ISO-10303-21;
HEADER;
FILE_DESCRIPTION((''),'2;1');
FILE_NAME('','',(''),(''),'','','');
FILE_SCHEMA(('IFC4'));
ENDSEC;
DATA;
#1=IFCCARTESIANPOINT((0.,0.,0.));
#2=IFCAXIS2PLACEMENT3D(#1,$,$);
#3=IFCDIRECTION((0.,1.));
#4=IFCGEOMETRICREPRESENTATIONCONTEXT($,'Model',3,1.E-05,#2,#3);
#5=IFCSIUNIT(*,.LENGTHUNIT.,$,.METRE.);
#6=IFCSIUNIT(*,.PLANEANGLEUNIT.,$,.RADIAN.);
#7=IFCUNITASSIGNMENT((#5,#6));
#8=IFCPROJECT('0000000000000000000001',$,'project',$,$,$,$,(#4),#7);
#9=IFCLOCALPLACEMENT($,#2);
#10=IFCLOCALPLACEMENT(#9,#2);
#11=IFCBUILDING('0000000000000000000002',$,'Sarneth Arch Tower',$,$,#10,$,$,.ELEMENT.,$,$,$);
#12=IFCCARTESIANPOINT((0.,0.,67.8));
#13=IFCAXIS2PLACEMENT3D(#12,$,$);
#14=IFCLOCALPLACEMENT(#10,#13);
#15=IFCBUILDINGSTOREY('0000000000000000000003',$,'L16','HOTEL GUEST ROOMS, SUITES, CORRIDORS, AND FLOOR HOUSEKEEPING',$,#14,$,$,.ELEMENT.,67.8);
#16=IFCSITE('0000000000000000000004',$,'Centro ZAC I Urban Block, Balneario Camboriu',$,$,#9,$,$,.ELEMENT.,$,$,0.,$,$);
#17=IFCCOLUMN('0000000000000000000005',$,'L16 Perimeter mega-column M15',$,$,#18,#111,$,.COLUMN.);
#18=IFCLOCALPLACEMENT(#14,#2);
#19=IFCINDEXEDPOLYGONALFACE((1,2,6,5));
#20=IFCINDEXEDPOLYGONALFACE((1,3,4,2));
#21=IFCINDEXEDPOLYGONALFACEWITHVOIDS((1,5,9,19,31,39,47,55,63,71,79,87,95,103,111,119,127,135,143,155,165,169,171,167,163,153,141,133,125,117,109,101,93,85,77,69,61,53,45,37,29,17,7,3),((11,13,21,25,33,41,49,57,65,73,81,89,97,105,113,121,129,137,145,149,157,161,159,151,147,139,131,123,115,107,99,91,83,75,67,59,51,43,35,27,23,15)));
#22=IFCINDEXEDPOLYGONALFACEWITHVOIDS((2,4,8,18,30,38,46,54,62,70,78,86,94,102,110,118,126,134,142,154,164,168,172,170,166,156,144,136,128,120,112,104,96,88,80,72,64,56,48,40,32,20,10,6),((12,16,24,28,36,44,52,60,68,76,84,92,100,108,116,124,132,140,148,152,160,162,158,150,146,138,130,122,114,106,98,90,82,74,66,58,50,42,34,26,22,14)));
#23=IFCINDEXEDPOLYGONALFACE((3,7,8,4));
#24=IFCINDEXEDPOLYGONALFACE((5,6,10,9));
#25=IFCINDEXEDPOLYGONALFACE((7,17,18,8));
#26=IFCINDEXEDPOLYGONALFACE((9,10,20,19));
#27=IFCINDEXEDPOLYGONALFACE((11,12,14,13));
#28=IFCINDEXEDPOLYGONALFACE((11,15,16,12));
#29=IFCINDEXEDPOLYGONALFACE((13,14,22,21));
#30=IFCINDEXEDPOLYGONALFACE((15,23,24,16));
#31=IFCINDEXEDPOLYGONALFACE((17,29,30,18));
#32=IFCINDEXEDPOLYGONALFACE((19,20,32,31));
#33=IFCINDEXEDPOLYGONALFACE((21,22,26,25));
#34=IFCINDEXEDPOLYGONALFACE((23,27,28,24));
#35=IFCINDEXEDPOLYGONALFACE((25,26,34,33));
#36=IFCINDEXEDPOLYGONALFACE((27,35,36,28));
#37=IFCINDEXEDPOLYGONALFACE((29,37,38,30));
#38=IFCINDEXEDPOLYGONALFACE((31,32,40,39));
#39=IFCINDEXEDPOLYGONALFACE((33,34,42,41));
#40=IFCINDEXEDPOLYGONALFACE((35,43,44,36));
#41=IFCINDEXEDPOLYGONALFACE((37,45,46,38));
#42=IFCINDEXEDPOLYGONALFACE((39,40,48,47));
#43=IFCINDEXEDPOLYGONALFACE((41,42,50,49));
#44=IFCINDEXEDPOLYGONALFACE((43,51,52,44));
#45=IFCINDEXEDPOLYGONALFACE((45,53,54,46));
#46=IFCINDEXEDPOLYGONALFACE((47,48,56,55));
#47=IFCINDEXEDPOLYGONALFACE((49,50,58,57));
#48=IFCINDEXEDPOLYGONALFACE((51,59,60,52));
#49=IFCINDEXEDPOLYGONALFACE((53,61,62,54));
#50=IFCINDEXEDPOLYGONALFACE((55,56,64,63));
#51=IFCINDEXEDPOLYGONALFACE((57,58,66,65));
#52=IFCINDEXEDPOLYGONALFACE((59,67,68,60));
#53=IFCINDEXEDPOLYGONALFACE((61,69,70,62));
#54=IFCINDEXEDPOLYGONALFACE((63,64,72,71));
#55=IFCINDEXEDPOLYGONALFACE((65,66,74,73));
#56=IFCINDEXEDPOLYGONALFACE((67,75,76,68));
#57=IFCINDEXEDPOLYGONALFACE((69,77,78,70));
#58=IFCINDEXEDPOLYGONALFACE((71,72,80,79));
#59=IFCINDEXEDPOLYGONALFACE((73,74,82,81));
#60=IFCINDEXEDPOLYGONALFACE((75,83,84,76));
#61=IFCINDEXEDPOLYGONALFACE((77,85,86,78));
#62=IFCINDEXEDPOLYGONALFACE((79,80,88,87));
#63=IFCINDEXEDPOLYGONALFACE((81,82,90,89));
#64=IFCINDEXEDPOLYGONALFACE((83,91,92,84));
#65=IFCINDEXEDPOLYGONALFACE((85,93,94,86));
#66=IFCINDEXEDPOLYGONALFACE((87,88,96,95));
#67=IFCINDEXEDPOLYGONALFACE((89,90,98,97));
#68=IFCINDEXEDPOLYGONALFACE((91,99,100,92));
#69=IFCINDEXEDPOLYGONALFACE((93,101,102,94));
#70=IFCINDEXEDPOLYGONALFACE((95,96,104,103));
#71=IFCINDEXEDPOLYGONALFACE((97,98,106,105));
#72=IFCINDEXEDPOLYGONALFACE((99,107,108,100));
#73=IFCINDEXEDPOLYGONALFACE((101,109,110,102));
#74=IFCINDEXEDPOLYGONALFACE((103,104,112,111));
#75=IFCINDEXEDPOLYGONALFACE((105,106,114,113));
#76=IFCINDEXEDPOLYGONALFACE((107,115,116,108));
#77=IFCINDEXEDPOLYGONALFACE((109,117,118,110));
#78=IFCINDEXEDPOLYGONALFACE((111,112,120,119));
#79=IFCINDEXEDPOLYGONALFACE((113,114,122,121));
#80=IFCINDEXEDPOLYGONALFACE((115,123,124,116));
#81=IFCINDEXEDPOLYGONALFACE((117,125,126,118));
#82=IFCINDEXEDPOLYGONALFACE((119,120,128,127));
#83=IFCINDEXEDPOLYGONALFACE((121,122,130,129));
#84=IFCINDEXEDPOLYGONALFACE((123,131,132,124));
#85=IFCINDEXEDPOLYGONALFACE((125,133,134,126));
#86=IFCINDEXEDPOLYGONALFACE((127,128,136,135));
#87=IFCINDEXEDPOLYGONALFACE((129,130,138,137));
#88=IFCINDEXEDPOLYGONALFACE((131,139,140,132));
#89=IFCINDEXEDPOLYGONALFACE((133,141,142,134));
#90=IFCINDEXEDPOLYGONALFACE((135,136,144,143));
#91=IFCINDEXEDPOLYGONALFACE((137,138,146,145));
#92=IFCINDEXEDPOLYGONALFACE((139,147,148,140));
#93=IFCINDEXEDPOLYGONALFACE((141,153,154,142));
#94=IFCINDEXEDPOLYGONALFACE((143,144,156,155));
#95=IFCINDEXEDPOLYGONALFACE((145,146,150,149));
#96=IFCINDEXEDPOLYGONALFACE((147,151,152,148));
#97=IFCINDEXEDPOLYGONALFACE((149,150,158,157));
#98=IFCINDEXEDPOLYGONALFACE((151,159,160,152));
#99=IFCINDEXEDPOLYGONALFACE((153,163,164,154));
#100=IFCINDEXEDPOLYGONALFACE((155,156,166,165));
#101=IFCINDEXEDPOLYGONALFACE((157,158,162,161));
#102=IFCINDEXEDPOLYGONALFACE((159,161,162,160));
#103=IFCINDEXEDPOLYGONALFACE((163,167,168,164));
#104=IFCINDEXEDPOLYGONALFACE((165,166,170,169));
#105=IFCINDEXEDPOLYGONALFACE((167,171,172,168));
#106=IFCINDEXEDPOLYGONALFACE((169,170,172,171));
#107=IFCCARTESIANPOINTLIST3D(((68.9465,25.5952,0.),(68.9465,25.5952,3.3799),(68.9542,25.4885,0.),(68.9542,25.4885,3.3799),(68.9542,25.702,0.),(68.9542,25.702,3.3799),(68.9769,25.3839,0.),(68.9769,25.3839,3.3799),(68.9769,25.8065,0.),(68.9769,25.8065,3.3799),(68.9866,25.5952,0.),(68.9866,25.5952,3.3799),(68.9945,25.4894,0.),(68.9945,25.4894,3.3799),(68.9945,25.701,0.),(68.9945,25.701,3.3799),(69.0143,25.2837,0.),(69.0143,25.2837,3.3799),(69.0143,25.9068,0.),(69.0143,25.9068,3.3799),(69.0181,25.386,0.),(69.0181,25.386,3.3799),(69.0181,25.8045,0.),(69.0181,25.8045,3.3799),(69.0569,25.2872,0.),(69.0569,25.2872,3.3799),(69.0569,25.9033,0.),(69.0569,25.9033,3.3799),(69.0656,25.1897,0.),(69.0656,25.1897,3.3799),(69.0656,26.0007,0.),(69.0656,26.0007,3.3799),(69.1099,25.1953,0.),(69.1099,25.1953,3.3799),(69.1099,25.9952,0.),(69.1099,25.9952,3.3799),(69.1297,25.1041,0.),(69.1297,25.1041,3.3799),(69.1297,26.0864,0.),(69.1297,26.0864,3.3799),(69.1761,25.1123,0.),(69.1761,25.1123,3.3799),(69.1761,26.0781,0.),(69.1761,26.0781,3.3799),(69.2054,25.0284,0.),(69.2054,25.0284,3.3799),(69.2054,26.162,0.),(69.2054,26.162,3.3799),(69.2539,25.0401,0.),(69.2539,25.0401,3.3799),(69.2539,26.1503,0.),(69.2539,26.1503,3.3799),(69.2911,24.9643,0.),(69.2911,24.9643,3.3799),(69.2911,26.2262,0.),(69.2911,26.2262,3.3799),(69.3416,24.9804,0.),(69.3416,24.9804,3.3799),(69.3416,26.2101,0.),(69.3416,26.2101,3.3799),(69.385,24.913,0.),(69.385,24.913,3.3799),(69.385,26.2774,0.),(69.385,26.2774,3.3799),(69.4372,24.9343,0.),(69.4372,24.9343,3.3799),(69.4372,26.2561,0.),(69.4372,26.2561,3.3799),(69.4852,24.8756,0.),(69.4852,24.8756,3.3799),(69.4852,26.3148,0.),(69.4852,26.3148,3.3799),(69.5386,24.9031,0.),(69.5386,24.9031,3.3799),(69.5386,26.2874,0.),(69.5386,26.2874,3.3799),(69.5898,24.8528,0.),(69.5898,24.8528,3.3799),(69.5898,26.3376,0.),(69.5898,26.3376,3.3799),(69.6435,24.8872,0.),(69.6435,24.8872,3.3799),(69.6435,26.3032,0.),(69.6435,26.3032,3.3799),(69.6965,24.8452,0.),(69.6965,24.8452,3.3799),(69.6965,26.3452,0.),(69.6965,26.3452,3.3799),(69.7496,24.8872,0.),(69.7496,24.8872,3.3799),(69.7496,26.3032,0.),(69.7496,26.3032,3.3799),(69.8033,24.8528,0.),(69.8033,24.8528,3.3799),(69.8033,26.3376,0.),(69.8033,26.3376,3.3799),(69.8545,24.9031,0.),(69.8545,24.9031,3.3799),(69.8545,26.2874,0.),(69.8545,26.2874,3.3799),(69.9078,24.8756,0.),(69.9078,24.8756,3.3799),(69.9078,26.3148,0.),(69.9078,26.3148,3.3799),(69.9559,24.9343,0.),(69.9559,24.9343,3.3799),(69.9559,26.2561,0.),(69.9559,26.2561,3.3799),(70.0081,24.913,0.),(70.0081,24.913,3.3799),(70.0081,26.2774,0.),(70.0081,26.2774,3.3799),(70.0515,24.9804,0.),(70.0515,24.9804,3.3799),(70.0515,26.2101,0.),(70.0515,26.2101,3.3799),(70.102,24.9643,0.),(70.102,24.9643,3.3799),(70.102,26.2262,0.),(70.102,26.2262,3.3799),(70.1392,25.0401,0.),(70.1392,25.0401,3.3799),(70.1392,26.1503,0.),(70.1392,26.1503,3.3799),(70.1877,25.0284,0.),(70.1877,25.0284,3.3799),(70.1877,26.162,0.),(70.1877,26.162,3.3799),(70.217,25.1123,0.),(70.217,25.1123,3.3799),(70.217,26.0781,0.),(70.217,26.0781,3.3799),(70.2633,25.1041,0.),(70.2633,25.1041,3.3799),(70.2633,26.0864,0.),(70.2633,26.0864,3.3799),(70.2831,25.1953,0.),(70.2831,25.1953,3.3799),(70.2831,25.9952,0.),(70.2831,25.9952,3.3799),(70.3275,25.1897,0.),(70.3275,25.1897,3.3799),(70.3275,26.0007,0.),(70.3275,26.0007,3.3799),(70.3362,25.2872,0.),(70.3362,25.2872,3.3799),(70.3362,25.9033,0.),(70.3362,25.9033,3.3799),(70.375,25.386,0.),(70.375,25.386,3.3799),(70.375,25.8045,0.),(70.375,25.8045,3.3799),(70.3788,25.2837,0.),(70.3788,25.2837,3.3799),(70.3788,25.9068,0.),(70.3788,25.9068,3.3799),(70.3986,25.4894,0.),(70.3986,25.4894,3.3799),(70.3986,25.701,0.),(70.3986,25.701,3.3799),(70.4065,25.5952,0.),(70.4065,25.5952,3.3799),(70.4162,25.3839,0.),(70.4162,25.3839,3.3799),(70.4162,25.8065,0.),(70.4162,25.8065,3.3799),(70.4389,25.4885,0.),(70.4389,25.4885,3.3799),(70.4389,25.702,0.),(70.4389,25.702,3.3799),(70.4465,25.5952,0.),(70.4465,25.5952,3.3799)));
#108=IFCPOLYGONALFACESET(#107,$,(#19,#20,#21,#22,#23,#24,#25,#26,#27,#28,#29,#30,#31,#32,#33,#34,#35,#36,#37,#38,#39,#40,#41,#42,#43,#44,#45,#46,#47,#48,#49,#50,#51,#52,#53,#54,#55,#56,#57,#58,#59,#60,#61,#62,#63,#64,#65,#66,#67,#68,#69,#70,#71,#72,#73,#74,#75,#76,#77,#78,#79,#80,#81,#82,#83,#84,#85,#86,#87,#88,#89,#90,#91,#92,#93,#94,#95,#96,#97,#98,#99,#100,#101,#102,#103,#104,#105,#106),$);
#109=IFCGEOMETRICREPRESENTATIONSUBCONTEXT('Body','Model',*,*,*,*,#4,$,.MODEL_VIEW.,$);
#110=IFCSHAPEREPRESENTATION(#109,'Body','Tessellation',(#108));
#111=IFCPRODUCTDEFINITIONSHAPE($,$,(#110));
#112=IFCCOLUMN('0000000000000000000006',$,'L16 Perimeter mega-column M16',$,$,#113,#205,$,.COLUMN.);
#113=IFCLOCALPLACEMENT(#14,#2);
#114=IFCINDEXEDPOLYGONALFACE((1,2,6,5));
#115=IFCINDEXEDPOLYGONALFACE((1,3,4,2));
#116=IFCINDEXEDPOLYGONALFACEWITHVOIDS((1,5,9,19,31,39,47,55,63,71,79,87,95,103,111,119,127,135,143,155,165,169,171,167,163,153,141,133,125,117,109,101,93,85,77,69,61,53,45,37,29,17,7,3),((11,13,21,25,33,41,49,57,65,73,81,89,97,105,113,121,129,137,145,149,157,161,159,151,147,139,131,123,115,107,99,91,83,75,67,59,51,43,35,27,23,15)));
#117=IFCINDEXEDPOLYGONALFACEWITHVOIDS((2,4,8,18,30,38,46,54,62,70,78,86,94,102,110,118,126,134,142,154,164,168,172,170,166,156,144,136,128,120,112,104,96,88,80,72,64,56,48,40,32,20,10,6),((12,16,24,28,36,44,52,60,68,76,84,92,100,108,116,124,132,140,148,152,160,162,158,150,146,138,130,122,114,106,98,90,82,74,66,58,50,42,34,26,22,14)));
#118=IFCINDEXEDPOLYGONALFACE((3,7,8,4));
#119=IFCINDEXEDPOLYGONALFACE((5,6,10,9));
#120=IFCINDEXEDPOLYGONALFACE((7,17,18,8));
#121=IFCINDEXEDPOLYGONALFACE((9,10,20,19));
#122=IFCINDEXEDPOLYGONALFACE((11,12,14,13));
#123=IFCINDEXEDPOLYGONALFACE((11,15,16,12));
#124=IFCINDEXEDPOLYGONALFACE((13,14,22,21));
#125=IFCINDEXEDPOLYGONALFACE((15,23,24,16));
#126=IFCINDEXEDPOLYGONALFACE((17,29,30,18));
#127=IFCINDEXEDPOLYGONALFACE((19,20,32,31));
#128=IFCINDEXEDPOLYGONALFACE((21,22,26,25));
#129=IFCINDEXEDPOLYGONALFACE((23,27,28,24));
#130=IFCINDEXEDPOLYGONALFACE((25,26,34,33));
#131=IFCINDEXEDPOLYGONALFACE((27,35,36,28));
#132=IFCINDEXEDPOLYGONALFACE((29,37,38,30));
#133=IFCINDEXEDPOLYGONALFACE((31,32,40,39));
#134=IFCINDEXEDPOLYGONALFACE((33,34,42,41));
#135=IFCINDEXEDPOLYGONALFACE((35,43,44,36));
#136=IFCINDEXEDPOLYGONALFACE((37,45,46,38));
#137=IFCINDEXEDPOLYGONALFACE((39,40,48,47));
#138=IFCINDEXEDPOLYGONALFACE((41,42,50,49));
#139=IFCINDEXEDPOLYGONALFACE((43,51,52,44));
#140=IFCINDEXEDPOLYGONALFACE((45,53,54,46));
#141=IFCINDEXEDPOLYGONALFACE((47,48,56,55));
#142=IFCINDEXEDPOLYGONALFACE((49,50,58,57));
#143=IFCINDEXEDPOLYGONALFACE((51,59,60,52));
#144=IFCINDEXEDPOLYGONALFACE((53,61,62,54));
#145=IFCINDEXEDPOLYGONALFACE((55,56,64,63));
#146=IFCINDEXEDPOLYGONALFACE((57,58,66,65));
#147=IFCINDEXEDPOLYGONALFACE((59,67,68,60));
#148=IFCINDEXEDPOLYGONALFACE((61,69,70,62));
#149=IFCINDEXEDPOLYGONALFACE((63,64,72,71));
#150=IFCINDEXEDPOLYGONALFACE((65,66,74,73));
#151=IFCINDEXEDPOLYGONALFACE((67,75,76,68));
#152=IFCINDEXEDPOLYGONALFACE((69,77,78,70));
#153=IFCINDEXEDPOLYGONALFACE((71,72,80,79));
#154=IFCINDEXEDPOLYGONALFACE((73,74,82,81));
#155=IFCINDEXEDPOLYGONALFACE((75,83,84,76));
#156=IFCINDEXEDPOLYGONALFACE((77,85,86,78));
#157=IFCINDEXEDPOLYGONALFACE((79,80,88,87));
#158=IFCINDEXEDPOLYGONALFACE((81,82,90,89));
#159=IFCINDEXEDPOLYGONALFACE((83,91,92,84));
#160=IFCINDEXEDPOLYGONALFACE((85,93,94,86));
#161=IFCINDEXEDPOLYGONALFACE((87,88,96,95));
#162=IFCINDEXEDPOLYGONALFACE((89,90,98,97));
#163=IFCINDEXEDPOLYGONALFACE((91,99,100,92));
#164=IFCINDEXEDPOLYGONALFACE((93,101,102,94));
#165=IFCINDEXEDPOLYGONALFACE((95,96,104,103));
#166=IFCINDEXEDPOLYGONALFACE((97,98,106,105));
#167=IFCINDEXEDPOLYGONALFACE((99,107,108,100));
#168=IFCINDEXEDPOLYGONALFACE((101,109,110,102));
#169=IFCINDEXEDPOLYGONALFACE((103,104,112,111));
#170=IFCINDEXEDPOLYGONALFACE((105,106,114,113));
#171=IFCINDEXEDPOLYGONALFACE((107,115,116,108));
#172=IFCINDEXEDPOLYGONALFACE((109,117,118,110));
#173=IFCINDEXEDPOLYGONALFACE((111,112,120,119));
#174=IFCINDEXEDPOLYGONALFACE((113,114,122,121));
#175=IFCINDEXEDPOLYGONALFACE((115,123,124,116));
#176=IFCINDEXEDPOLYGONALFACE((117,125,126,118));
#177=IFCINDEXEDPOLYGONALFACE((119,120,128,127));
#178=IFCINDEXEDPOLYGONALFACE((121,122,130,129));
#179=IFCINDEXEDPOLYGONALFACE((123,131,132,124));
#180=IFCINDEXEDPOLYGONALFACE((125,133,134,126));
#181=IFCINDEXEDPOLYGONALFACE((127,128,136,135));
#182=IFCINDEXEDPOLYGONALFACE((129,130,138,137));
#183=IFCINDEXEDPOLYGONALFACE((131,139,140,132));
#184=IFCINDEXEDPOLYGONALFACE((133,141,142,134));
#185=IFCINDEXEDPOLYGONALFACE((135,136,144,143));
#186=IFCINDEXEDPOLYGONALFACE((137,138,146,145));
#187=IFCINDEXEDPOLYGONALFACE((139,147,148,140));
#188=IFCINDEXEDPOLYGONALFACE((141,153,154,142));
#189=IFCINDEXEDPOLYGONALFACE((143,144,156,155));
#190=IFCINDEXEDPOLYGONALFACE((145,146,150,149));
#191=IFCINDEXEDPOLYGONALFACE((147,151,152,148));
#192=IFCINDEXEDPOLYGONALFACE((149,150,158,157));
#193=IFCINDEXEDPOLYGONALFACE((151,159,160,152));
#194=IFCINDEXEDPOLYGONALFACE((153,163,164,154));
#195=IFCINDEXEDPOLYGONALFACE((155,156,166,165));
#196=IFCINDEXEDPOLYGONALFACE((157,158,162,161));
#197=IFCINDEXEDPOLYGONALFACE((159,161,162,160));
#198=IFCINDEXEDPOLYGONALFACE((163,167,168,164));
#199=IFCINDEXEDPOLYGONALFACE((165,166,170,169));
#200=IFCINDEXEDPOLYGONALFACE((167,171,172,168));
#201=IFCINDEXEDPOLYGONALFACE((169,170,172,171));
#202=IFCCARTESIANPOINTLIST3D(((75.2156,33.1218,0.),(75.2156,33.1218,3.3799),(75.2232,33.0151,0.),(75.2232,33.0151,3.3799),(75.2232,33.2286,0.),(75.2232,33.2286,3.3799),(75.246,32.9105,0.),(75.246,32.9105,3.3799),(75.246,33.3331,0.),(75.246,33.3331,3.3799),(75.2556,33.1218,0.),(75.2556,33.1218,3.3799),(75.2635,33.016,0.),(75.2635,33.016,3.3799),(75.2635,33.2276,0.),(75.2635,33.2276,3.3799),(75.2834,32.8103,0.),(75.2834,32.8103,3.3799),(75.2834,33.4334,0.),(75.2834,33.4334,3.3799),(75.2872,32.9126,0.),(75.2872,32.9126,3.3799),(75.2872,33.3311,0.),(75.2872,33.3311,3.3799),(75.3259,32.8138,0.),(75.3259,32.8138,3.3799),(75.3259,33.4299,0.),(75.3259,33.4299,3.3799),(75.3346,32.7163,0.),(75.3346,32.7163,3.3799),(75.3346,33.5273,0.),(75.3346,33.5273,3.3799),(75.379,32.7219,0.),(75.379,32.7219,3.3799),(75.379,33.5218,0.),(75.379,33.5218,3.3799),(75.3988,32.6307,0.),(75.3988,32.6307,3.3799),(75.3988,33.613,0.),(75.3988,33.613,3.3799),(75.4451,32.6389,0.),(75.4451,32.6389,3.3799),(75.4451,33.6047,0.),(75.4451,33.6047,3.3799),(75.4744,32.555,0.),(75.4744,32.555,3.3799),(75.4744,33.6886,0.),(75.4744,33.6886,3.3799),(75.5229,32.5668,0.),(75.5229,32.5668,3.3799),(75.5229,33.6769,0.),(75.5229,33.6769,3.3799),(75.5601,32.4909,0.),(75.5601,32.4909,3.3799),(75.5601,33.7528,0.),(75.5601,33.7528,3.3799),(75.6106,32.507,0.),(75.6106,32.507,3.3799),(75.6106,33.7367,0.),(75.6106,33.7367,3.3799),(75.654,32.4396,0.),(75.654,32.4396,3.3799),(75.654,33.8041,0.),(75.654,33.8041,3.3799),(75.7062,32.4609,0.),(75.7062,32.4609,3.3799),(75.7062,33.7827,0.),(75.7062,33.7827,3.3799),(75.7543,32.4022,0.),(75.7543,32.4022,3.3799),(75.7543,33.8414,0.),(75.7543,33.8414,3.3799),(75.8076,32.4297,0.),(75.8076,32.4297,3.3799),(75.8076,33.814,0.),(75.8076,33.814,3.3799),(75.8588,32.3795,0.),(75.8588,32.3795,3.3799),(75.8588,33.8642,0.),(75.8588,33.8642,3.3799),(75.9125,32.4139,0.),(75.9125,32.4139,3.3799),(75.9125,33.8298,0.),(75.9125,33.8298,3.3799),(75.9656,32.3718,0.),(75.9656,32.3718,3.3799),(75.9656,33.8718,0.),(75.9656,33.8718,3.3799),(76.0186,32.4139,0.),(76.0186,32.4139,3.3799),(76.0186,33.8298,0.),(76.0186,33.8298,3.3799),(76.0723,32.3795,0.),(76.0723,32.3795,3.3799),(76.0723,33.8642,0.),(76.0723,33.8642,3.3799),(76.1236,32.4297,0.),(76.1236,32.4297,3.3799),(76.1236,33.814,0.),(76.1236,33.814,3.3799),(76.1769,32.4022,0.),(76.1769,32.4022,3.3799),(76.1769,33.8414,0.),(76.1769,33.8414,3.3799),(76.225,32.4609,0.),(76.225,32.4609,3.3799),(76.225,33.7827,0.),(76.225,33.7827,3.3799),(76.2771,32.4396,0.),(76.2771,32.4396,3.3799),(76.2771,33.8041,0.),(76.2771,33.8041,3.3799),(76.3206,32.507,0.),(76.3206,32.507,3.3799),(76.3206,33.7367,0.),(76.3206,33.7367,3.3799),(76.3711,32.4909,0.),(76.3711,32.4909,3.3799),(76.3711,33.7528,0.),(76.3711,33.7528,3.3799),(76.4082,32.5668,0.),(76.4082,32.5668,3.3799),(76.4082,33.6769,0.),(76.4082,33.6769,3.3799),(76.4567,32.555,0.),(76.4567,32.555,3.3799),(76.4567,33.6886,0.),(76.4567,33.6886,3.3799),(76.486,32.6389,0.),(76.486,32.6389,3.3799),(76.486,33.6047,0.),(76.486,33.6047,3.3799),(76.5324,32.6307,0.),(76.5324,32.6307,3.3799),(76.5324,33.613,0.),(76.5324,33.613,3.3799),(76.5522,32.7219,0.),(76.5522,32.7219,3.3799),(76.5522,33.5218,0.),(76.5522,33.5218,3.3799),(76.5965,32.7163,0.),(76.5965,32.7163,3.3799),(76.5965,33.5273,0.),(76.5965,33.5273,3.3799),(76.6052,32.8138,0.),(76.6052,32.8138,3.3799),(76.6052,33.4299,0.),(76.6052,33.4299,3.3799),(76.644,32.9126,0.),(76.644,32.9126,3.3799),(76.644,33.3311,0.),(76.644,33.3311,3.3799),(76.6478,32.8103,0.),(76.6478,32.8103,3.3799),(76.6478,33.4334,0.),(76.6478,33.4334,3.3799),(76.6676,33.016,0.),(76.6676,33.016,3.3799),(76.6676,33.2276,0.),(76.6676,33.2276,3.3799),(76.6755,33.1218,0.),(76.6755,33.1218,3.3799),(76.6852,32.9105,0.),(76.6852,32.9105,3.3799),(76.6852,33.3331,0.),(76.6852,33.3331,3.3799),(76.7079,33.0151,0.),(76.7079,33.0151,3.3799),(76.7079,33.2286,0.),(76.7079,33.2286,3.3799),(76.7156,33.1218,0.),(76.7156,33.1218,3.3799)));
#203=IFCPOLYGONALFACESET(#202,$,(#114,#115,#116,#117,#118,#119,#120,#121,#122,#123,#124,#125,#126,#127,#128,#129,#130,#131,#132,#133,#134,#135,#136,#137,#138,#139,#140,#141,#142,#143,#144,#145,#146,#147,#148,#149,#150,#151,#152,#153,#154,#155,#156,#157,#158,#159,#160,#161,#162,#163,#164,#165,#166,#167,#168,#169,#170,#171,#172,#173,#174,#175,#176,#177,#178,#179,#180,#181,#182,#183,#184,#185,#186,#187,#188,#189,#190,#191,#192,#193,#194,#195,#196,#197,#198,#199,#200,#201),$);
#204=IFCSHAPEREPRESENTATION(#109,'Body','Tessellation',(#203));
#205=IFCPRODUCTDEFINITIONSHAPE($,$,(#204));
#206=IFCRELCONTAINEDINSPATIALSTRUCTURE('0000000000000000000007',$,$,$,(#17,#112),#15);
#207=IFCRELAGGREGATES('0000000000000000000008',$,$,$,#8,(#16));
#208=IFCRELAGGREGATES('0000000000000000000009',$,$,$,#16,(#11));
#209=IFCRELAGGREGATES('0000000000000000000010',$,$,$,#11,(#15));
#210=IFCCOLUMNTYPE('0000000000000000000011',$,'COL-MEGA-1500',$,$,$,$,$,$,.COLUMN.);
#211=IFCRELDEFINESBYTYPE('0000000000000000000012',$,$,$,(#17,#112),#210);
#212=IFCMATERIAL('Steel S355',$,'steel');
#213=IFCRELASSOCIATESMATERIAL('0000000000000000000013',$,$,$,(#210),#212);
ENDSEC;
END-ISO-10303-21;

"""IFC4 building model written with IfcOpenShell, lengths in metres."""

from ifc_helpers import new_model, si_unit, direction, frame, origin, origin_2d, place, context, subcontext, project, spatial, hollow_circle, extrude, material, material_profile, profile_set, type_object, element, save


model = new_model("IFC4")

# Units and contexts
model_context = context("Model", 3, precision=1e-05, world=origin(), true_north=direction((0.0, 1.0)))
body_context = subcontext(model_context, "Body", "Model", "MODEL_VIEW")
ifc_project = project(units=[si_unit("LENGTHUNIT", "METRE"), si_unit("PLANEANGLEUNIT", "RADIAN")], contexts=[model_context])

# Site, building, storey
site_placement = place(None, origin())
site = spatial("IfcSite", under=ifc_project, at=site_placement, Name="Centro ZAC I Urban Block, Balneario Camboriu", CompositionType="ELEMENT", RefElevation=0.0)
building_placement = place(site_placement, origin())
building = spatial("IfcBuilding", under=site, at=building_placement, Name="Sarneth Arch Tower", CompositionType="ELEMENT")
storey_placement = place(building_placement, frame((0.0, 0.0, 67.8)))
storey = spatial("IfcBuildingStorey", under=building, at=storey_placement, Name="L16", Description="HOTEL GUEST ROOMS, SUITES, CORRIDORS, AND FLOOR HOUSEKEEPING", CompositionType="ELEMENT", Elevation=67.8)

# Columns
ifc_material_1 = material(Name="Steel S355", Category="steel")
ifc_material_profile_1 = material_profile(ifc_material_1, hollow_circle(Radius=0.75, WallThickness=0.04, at=origin_2d()), Name="CHS1500x40")
ifc_profile_set_1 = profile_set([ifc_material_profile_1], Name="Steel S355")
column_type = type_object("IfcColumnType", Name="COL-MEGA-1500", PredefinedType="COLUMN", material=ifc_profile_set_1)
for number, where, z_axis, x_axis, name in (
    (1, (69.6965, 25.5952, 0.0), (0.0, 0.0, 1.0), (1.0, 0.0, 0.0), "L16 Perimeter mega-column M15"),
    (2, (75.9656, 33.1218, 0.0), (0.0, 0.0, 1.0), (1.0, 0.0, 0.0), "L16 Perimeter mega-column M16"),
):
    element("IfcColumn", number, at=place(storey_placement, frame(where, z_axis=z_axis, x_axis=x_axis)), inside=storey, type_object=column_type, Name=name, PredefinedType="COLUMN", context=body_context, shape_type="SweptSolid", body=[
        extrude(hollow_circle(Radius=0.75, WallThickness=0.04, at=origin_2d()), origin(), (0.0, 0.0, 1.0), 3.3799),
    ])

save(model, "model.ifc")
